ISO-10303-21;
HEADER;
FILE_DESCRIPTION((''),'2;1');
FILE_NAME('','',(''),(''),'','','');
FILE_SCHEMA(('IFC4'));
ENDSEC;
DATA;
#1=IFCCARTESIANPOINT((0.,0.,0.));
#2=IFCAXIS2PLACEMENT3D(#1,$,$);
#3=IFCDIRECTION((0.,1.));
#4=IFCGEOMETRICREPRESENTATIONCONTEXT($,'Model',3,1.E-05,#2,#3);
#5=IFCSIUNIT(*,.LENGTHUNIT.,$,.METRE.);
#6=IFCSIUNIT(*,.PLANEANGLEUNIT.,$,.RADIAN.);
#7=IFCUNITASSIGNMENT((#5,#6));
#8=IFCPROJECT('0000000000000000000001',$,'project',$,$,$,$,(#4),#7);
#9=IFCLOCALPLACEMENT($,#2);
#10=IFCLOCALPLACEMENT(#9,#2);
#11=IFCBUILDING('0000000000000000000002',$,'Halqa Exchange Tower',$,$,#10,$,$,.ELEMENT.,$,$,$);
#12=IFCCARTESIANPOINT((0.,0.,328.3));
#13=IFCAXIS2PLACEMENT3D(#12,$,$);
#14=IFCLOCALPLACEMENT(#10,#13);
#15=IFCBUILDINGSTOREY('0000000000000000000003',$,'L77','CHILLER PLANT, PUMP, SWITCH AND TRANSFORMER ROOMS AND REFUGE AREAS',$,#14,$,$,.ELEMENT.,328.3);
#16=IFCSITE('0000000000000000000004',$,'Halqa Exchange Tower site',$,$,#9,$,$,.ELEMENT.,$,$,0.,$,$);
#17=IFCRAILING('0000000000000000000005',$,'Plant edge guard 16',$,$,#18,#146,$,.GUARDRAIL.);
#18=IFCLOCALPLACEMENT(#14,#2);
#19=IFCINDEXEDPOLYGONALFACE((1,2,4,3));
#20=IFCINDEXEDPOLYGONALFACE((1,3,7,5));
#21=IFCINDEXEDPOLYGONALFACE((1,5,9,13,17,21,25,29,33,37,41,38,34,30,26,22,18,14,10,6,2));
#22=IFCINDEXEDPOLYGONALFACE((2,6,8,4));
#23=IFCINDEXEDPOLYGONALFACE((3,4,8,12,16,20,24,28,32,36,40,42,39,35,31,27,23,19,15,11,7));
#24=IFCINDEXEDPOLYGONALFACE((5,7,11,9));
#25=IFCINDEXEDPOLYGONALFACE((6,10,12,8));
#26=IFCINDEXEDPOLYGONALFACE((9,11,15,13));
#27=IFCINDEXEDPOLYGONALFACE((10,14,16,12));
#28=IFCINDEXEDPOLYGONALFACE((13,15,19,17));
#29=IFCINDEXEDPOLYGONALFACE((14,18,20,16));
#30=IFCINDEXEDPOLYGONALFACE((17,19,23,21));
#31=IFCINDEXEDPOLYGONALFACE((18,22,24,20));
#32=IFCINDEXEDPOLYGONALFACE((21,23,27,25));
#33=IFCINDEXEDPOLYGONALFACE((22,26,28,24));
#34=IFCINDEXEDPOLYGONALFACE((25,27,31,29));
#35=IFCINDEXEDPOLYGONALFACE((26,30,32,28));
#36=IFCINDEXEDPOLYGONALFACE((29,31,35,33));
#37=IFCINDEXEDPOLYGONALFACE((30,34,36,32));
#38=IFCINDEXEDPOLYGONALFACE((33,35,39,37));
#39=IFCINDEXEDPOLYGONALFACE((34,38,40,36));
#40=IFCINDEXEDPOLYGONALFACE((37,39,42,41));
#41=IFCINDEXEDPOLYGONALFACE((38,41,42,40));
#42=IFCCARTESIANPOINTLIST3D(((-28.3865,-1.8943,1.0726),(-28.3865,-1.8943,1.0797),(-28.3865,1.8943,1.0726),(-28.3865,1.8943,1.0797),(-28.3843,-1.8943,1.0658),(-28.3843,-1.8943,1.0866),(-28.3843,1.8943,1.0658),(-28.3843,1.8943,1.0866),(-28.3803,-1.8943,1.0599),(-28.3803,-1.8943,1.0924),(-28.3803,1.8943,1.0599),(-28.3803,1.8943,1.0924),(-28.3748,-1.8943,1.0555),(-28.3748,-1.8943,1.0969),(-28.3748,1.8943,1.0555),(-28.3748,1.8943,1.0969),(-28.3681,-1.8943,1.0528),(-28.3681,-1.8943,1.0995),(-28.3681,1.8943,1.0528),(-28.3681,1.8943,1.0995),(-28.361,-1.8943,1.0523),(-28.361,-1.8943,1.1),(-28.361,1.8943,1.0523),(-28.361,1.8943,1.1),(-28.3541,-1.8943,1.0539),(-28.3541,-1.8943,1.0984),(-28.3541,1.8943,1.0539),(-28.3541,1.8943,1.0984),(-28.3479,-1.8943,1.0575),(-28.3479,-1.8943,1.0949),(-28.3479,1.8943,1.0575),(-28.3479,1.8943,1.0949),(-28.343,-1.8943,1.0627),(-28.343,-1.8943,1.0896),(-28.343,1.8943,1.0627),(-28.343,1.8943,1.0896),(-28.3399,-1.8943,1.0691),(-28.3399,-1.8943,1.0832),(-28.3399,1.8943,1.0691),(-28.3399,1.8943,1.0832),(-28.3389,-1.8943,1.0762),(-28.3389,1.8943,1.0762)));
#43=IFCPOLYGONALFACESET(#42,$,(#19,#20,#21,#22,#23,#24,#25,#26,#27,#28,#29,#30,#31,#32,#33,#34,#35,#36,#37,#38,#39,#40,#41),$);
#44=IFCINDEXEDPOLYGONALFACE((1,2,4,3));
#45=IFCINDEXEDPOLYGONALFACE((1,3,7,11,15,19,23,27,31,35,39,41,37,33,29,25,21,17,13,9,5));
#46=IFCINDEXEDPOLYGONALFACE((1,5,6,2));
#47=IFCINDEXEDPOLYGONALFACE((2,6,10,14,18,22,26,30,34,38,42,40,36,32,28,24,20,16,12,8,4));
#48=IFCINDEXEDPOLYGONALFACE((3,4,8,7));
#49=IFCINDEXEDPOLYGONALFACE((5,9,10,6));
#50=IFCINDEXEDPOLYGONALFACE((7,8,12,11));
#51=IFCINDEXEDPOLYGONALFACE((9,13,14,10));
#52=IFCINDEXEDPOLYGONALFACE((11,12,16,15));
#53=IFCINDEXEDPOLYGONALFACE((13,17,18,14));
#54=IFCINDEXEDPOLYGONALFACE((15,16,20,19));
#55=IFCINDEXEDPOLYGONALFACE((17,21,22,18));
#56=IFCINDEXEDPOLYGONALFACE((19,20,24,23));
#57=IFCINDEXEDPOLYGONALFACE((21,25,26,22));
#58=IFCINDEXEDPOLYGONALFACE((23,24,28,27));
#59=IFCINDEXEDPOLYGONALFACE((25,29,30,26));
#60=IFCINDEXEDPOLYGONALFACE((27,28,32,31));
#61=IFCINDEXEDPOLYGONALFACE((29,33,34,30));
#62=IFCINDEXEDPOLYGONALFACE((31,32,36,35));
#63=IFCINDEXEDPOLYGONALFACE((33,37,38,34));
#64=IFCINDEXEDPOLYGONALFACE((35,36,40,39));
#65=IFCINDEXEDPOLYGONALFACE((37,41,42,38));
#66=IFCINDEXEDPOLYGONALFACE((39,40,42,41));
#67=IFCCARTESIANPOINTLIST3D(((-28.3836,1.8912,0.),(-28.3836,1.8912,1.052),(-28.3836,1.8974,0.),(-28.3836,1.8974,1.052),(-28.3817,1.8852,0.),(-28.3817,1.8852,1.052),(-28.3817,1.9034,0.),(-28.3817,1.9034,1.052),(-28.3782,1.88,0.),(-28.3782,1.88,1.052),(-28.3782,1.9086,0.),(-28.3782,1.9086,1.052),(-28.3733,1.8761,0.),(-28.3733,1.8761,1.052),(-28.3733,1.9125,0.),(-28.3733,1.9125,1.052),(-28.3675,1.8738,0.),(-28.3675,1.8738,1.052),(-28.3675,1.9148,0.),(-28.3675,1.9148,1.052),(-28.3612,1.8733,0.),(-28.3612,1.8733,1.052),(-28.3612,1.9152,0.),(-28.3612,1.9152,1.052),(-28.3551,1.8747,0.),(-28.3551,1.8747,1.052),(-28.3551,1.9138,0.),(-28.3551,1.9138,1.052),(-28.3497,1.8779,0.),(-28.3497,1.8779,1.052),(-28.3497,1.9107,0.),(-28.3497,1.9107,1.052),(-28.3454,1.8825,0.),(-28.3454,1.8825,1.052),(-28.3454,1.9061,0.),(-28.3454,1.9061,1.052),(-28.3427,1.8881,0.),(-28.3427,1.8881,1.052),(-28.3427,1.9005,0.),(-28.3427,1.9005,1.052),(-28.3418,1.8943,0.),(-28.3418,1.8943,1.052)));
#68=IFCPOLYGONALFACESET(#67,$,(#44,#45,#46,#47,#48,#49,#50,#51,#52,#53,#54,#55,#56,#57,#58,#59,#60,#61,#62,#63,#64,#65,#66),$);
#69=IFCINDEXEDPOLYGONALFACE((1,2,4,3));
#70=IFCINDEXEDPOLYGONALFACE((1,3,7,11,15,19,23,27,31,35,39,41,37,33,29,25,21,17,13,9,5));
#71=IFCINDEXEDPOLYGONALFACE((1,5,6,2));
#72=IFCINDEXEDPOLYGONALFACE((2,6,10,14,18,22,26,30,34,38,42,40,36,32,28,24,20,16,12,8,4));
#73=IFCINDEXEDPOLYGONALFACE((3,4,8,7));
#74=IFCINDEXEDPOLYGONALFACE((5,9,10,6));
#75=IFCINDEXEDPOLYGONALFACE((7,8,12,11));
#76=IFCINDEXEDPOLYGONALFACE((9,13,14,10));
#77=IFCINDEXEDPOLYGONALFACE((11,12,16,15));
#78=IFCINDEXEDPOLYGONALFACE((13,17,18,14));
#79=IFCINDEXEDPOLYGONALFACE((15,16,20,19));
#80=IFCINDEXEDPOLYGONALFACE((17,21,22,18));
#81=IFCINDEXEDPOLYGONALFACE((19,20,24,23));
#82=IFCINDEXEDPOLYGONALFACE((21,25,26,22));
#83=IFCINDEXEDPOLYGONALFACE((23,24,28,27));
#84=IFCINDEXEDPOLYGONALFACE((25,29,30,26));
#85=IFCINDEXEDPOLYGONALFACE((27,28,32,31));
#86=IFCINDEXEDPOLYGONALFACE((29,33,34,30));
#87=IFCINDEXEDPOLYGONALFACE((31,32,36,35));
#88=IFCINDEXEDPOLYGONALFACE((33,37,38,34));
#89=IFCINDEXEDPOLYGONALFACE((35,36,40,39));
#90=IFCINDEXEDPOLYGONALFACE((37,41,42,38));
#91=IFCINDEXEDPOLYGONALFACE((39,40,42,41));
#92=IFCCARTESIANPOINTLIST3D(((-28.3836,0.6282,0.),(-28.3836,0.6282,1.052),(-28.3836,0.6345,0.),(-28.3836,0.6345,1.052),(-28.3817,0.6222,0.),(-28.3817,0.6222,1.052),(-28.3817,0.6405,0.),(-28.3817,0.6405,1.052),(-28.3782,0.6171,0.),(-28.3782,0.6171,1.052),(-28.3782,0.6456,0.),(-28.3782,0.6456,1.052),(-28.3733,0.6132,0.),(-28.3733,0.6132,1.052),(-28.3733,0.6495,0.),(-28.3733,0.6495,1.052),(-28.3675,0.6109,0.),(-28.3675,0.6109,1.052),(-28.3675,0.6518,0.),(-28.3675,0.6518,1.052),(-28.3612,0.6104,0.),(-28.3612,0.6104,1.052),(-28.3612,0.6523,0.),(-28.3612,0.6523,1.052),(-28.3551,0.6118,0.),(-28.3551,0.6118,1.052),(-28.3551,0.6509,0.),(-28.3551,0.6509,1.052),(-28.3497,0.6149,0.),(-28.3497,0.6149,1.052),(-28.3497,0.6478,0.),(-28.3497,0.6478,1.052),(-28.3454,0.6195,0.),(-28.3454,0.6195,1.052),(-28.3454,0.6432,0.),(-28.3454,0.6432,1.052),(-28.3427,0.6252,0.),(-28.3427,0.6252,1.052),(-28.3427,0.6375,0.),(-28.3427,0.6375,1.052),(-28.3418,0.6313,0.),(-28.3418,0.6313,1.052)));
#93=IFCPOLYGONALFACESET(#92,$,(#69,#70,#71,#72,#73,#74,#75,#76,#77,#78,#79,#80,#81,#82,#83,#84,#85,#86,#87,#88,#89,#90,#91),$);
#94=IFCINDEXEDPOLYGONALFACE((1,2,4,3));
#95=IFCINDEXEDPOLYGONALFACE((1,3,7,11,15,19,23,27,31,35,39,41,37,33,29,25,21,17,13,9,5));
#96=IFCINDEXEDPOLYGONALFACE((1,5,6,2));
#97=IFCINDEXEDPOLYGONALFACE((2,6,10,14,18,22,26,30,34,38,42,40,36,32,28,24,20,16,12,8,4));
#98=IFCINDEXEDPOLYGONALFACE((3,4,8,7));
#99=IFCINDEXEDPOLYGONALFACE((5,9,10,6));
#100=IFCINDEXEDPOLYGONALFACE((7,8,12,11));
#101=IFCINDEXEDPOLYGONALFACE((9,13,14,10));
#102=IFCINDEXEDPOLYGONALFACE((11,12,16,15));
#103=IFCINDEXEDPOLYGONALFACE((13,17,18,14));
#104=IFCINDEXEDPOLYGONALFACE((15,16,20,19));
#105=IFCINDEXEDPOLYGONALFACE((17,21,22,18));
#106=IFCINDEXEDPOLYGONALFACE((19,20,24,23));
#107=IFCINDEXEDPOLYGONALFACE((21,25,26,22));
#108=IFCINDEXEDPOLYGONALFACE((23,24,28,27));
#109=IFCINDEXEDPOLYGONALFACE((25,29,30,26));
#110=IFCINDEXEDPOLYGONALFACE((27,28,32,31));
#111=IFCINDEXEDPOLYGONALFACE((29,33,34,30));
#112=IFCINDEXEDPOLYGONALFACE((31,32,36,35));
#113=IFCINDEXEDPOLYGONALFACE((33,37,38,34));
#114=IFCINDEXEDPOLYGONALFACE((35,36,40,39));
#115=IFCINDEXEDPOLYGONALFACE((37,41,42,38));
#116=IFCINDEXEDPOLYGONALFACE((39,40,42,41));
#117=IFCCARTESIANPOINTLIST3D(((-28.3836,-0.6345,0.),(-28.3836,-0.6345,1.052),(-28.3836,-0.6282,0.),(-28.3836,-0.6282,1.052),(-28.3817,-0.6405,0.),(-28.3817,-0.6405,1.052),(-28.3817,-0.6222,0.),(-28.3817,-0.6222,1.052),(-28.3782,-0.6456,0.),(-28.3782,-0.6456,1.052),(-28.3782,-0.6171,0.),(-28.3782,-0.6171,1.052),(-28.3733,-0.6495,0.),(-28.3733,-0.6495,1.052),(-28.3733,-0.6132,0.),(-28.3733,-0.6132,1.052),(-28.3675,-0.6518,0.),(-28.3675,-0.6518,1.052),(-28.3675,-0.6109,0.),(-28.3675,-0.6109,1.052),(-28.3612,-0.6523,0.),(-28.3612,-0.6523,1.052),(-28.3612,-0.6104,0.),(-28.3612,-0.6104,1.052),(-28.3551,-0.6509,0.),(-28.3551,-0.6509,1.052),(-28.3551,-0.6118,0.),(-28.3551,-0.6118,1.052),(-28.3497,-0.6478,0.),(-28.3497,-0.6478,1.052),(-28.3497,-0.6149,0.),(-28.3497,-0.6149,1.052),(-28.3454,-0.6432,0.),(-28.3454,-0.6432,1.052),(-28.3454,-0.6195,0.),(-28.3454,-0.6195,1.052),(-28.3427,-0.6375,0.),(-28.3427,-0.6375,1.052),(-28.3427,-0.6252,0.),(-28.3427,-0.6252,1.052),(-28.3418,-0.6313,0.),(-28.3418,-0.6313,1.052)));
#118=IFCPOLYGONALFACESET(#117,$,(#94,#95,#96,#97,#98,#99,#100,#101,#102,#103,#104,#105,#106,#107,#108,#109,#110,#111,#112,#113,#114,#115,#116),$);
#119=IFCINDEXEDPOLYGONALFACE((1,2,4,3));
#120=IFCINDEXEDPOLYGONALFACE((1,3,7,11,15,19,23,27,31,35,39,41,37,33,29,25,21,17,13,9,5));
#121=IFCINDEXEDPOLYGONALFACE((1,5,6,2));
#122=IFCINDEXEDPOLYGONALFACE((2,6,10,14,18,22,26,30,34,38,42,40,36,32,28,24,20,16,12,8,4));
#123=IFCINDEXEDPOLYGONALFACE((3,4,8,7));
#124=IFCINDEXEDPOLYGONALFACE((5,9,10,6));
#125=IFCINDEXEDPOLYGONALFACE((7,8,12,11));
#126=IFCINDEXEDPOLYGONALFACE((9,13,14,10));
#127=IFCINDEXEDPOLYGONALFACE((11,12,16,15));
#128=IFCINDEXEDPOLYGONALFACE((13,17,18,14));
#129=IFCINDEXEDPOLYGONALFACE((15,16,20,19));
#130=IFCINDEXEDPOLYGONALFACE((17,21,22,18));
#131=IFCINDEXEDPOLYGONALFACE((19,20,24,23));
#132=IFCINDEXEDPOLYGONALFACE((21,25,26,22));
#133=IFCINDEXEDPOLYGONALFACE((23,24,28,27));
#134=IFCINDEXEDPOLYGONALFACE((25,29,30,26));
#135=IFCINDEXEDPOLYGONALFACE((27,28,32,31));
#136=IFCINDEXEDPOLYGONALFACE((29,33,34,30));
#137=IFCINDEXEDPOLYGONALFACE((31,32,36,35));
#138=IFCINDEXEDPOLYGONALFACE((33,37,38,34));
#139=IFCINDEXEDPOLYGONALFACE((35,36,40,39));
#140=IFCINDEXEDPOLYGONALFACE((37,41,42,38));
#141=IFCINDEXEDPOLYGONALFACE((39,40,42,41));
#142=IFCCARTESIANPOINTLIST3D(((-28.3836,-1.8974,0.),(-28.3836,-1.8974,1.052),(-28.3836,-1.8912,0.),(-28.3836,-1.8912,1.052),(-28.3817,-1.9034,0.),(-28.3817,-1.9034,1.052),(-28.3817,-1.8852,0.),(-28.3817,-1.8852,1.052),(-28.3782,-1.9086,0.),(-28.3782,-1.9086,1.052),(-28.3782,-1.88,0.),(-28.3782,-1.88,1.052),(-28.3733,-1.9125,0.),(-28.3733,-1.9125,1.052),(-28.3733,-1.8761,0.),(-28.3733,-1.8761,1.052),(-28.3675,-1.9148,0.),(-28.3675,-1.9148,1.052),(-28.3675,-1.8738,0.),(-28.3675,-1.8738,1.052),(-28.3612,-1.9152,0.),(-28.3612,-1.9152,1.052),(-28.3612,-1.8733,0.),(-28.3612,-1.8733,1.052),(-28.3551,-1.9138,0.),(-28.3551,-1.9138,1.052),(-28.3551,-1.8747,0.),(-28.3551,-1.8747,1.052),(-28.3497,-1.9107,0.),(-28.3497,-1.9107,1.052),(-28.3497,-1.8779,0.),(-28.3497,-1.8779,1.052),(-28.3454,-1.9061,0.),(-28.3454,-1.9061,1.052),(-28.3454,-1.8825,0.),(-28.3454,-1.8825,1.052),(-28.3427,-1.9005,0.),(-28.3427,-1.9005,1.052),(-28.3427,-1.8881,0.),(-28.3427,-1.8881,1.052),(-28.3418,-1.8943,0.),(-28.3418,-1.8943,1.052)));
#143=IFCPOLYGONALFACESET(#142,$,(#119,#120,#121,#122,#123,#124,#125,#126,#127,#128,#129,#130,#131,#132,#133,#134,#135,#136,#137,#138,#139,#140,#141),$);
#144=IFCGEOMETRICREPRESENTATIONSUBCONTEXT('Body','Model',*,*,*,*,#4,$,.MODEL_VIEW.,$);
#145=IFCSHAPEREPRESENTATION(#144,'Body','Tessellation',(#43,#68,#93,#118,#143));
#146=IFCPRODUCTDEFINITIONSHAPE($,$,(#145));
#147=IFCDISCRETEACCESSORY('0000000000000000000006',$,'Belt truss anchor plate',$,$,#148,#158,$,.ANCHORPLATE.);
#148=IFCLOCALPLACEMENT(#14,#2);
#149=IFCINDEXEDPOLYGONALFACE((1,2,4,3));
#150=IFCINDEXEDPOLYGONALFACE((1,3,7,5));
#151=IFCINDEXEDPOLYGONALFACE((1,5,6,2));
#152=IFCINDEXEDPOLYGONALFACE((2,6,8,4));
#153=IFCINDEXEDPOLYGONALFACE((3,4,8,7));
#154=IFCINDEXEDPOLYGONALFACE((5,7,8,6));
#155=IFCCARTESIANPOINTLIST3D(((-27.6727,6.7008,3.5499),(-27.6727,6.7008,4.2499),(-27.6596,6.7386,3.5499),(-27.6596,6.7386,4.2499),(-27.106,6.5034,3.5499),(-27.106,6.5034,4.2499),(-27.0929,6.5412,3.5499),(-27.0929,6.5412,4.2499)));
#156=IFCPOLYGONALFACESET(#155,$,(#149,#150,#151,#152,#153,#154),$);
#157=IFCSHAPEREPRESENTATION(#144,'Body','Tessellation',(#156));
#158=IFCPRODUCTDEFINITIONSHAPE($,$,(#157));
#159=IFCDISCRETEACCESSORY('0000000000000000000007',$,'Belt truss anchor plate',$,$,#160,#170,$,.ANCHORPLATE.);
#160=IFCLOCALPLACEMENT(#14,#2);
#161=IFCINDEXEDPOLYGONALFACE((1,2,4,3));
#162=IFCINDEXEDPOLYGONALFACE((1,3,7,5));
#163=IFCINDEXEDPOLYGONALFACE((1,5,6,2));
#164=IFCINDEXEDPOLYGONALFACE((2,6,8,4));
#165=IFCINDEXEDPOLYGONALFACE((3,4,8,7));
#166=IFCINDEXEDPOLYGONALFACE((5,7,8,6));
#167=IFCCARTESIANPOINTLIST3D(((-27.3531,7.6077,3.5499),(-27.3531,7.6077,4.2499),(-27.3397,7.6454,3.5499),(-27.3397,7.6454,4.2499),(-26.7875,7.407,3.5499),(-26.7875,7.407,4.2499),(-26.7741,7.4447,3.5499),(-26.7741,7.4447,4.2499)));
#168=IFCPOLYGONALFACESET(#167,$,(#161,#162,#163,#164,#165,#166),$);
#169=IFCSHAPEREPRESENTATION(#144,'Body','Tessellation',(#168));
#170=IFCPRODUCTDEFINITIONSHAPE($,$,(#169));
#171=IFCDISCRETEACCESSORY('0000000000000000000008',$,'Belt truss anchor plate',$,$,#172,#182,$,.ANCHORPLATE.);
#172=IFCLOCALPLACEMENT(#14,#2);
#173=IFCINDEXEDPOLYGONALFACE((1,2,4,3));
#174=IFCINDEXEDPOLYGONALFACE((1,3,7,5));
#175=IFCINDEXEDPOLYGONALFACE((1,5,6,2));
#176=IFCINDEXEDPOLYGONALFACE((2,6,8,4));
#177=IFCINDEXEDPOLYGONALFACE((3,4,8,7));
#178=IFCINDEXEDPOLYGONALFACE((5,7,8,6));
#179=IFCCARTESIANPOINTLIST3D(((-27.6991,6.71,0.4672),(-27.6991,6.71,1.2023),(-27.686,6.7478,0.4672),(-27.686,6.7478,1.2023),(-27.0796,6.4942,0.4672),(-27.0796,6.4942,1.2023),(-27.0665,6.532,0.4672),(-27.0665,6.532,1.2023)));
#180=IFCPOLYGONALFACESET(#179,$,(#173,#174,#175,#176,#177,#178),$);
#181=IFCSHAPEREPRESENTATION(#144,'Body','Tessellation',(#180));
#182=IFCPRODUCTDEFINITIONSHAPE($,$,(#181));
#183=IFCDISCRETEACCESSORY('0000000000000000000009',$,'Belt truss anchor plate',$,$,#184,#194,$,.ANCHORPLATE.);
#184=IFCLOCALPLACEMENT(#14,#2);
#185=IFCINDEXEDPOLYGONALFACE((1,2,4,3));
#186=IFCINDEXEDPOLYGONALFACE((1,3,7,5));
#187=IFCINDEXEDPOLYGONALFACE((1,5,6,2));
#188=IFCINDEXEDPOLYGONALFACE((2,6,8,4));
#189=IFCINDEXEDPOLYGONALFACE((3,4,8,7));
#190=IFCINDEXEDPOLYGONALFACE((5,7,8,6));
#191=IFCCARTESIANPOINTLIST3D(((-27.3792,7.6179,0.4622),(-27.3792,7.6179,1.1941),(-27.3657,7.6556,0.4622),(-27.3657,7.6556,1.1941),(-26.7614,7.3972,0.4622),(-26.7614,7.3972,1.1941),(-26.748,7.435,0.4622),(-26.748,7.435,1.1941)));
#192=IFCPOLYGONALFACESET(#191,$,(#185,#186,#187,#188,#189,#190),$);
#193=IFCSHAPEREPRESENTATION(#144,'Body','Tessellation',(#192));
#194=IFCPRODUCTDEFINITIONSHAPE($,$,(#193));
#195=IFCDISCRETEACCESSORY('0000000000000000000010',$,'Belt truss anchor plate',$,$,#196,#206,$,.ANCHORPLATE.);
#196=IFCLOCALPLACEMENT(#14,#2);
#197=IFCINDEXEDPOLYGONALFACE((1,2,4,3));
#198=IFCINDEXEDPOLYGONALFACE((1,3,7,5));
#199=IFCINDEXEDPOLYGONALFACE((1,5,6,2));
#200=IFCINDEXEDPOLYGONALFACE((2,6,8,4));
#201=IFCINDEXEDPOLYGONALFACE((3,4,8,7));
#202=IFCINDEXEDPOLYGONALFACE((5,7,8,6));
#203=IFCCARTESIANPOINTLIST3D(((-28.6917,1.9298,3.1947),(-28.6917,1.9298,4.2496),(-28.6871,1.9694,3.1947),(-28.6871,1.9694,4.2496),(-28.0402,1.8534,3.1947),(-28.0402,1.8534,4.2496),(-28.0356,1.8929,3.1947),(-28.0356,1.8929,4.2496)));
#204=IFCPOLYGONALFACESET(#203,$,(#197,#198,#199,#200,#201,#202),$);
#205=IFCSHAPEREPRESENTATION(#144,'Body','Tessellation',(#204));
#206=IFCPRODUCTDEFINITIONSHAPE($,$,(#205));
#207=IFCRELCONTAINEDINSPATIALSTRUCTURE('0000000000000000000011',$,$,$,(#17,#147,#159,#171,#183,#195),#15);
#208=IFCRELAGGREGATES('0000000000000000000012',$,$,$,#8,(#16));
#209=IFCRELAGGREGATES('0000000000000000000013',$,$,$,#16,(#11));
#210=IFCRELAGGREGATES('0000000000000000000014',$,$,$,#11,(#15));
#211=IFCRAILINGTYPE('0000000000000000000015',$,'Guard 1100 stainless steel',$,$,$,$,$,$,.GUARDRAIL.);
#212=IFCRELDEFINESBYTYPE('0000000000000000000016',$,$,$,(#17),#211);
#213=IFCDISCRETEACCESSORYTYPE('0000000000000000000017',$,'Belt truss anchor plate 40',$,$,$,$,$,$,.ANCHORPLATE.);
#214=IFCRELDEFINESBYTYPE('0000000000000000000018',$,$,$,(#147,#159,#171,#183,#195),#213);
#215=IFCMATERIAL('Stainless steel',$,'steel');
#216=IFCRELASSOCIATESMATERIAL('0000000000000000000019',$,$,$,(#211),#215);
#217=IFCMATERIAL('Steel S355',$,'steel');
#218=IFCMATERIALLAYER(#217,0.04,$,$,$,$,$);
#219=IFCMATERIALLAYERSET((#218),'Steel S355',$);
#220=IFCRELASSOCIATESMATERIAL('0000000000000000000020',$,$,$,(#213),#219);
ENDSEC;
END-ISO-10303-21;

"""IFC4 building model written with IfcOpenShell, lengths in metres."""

from ifc_helpers import new_model, si_unit, direction, frame, origin, origin_2d, place, context, subcontext, project, spatial, rectangle, circle, extrude, material, layer, layer_set, type_object, element, save


model = new_model("IFC4")

# Units and contexts
model_context = context("Model", 3, precision=1e-05, world=origin(), true_north=direction((0.0, 1.0)))
body_context = subcontext(model_context, "Body", "Model", "MODEL_VIEW")
ifc_project = project(units=[si_unit("LENGTHUNIT", "METRE"), si_unit("PLANEANGLEUNIT", "RADIAN")], contexts=[model_context])

# Site, building, storey
site_placement = place(None, origin())
site = spatial("IfcSite", under=ifc_project, at=site_placement, Name="Halqa Exchange Tower site", CompositionType="ELEMENT", RefElevation=0.0)
building_placement = place(site_placement, origin())
building = spatial("IfcBuilding", under=site, at=building_placement, Name="Halqa Exchange Tower", CompositionType="ELEMENT")
storey_placement = place(building_placement, frame((0.0, 0.0, 328.3)))
storey = spatial("IfcBuildingStorey", under=building, at=storey_placement, Name="L77", Description="CHILLER PLANT, PUMP, SWITCH AND TRANSFORMER ROOMS AND REFUGE AREAS", CompositionType="ELEMENT", Elevation=328.3)

# Shared definitions
ifc_material_1 = material(Name="Steel S355", Category="steel")

# Railing
ifc_material_2 = material(Name="Stainless steel", Category="steel")
railing_type = type_object("IfcRailingType", Name="Guard 1100 stainless steel", PredefinedType="GUARDRAIL", material=ifc_material_2)
railing_1_placement = place(storey_placement, frame((-28.3628, 1.8943, 0.0)))
element("IfcRailing", 1, at=railing_1_placement, inside=storey, type_object=railing_type, Name="Plant edge guard 16", PredefinedType="GUARDRAIL", context=body_context, shape_type="SweptSolid", body=[
    extrude(circle(Radius=0.0239, at=origin_2d()), frame((0.0, 0.0, 1.0762), z_axis=(0.0, -1.0, 0.0), x_axis=(1.0, 0.0, 0.0)), (0.0, 0.0, 1.0), 3.7886),
    extrude(circle(Radius=0.021, at=origin_2d()), origin(), (0.0, 0.0, 1.0), 1.052),
    extrude(circle(Radius=0.021, at=origin_2d()), frame((0.0, -1.2629, 0.0)), (0.0, 0.0, 1.0), 1.052),
    extrude(circle(Radius=0.021, at=origin_2d()), frame((0.0, -2.5256, 0.0)), (0.0, 0.0, 1.0), 1.052),
    extrude(circle(Radius=0.021, at=origin_2d()), frame((0.0, -3.7886, 0.0)), (0.0, 0.0, 1.0), 1.052),
])

# Discrete accessories
ifc_layer_1 = layer(ifc_material_1, 0.04)
ifc_layer_set_1 = layer_set([ifc_layer_1], Name="Steel S355")
discrete_accessory_type = type_object("IfcDiscreteAccessoryType", Name="Belt truss anchor plate 40", PredefinedType="ANCHORPLATE", material=ifc_layer_set_1)
for number, where, z_axis, x_axis, name in (
    (2, (-27.3762, 6.6399, 3.8999), (-0.328993, -0.944332, 0.0), (0.944332, -0.328993, 0.0), "Belt truss anchor plate"),
    (3, (-27.0703, 7.5073, 3.8999), (0.33441, 0.942428, 0.0), (-0.942428, 0.33441, 0.0), "Belt truss anchor plate"),
):
    element("IfcDiscreteAccessory", number, at=place(storey_placement, frame(where, z_axis=z_axis, x_axis=x_axis)), inside=storey, type_object=discrete_accessory_type, Name=name, PredefinedType="ANCHORPLATE", context=body_context, shape_type="SweptSolid", body=[
        extrude(rectangle(XDim=0.6001, YDim=0.7, at=origin_2d()), origin(), (0.0, 0.0, 1.0), 0.04),
    ])
discrete_accessory_1_placement = place(storey_placement, frame((-27.3762, 6.6399, 0.8347), z_axis=(-0.328993, -0.944332, 0.0), x_axis=(0.944332, -0.328993, 0.0)))
element("IfcDiscreteAccessory", 4, at=discrete_accessory_1_placement, inside=storey, type_object=discrete_accessory_type, Name="Belt truss anchor plate", PredefinedType="ANCHORPLATE", context=body_context, shape_type="SweptSolid", body=[
    extrude(rectangle(XDim=0.656, YDim=0.7351, at=origin_2d()), origin(), (0.0, 0.0, 1.0), 0.04),
])
discrete_accessory_2_placement = place(storey_placement, frame((-27.0703, 7.5076, 0.8281), z_axis=(0.336336, 0.941742, 0.0), x_axis=(-0.941742, 0.336336, 0.0)))
element("IfcDiscreteAccessory", 5, at=discrete_accessory_2_placement, inside=storey, type_object=discrete_accessory_type, Name="Belt truss anchor plate", PredefinedType="ANCHORPLATE", context=body_context, shape_type="SweptSolid", body=[
    extrude(rectangle(XDim=0.656, YDim=0.7319, at=origin_2d()), origin(), (0.0, 0.0, 1.0), 0.04),
])
discrete_accessory_3_placement = place(storey_placement, frame((-28.3613, 1.9312, 3.7222), z_axis=(-0.116486, -0.993192, 0.0), x_axis=(0.993192, -0.116486, 0.0)))
element("IfcDiscreteAccessory", 6, at=discrete_accessory_3_placement, inside=storey, type_object=discrete_accessory_type, Name="Belt truss anchor plate", PredefinedType="ANCHORPLATE", context=body_context, shape_type="SweptSolid", body=[
    extrude(rectangle(XDim=0.656, YDim=1.0549, at=origin_2d()), origin(), (0.0, 0.0, 1.0), 0.0398),
])

save(model, "model.ifc")
